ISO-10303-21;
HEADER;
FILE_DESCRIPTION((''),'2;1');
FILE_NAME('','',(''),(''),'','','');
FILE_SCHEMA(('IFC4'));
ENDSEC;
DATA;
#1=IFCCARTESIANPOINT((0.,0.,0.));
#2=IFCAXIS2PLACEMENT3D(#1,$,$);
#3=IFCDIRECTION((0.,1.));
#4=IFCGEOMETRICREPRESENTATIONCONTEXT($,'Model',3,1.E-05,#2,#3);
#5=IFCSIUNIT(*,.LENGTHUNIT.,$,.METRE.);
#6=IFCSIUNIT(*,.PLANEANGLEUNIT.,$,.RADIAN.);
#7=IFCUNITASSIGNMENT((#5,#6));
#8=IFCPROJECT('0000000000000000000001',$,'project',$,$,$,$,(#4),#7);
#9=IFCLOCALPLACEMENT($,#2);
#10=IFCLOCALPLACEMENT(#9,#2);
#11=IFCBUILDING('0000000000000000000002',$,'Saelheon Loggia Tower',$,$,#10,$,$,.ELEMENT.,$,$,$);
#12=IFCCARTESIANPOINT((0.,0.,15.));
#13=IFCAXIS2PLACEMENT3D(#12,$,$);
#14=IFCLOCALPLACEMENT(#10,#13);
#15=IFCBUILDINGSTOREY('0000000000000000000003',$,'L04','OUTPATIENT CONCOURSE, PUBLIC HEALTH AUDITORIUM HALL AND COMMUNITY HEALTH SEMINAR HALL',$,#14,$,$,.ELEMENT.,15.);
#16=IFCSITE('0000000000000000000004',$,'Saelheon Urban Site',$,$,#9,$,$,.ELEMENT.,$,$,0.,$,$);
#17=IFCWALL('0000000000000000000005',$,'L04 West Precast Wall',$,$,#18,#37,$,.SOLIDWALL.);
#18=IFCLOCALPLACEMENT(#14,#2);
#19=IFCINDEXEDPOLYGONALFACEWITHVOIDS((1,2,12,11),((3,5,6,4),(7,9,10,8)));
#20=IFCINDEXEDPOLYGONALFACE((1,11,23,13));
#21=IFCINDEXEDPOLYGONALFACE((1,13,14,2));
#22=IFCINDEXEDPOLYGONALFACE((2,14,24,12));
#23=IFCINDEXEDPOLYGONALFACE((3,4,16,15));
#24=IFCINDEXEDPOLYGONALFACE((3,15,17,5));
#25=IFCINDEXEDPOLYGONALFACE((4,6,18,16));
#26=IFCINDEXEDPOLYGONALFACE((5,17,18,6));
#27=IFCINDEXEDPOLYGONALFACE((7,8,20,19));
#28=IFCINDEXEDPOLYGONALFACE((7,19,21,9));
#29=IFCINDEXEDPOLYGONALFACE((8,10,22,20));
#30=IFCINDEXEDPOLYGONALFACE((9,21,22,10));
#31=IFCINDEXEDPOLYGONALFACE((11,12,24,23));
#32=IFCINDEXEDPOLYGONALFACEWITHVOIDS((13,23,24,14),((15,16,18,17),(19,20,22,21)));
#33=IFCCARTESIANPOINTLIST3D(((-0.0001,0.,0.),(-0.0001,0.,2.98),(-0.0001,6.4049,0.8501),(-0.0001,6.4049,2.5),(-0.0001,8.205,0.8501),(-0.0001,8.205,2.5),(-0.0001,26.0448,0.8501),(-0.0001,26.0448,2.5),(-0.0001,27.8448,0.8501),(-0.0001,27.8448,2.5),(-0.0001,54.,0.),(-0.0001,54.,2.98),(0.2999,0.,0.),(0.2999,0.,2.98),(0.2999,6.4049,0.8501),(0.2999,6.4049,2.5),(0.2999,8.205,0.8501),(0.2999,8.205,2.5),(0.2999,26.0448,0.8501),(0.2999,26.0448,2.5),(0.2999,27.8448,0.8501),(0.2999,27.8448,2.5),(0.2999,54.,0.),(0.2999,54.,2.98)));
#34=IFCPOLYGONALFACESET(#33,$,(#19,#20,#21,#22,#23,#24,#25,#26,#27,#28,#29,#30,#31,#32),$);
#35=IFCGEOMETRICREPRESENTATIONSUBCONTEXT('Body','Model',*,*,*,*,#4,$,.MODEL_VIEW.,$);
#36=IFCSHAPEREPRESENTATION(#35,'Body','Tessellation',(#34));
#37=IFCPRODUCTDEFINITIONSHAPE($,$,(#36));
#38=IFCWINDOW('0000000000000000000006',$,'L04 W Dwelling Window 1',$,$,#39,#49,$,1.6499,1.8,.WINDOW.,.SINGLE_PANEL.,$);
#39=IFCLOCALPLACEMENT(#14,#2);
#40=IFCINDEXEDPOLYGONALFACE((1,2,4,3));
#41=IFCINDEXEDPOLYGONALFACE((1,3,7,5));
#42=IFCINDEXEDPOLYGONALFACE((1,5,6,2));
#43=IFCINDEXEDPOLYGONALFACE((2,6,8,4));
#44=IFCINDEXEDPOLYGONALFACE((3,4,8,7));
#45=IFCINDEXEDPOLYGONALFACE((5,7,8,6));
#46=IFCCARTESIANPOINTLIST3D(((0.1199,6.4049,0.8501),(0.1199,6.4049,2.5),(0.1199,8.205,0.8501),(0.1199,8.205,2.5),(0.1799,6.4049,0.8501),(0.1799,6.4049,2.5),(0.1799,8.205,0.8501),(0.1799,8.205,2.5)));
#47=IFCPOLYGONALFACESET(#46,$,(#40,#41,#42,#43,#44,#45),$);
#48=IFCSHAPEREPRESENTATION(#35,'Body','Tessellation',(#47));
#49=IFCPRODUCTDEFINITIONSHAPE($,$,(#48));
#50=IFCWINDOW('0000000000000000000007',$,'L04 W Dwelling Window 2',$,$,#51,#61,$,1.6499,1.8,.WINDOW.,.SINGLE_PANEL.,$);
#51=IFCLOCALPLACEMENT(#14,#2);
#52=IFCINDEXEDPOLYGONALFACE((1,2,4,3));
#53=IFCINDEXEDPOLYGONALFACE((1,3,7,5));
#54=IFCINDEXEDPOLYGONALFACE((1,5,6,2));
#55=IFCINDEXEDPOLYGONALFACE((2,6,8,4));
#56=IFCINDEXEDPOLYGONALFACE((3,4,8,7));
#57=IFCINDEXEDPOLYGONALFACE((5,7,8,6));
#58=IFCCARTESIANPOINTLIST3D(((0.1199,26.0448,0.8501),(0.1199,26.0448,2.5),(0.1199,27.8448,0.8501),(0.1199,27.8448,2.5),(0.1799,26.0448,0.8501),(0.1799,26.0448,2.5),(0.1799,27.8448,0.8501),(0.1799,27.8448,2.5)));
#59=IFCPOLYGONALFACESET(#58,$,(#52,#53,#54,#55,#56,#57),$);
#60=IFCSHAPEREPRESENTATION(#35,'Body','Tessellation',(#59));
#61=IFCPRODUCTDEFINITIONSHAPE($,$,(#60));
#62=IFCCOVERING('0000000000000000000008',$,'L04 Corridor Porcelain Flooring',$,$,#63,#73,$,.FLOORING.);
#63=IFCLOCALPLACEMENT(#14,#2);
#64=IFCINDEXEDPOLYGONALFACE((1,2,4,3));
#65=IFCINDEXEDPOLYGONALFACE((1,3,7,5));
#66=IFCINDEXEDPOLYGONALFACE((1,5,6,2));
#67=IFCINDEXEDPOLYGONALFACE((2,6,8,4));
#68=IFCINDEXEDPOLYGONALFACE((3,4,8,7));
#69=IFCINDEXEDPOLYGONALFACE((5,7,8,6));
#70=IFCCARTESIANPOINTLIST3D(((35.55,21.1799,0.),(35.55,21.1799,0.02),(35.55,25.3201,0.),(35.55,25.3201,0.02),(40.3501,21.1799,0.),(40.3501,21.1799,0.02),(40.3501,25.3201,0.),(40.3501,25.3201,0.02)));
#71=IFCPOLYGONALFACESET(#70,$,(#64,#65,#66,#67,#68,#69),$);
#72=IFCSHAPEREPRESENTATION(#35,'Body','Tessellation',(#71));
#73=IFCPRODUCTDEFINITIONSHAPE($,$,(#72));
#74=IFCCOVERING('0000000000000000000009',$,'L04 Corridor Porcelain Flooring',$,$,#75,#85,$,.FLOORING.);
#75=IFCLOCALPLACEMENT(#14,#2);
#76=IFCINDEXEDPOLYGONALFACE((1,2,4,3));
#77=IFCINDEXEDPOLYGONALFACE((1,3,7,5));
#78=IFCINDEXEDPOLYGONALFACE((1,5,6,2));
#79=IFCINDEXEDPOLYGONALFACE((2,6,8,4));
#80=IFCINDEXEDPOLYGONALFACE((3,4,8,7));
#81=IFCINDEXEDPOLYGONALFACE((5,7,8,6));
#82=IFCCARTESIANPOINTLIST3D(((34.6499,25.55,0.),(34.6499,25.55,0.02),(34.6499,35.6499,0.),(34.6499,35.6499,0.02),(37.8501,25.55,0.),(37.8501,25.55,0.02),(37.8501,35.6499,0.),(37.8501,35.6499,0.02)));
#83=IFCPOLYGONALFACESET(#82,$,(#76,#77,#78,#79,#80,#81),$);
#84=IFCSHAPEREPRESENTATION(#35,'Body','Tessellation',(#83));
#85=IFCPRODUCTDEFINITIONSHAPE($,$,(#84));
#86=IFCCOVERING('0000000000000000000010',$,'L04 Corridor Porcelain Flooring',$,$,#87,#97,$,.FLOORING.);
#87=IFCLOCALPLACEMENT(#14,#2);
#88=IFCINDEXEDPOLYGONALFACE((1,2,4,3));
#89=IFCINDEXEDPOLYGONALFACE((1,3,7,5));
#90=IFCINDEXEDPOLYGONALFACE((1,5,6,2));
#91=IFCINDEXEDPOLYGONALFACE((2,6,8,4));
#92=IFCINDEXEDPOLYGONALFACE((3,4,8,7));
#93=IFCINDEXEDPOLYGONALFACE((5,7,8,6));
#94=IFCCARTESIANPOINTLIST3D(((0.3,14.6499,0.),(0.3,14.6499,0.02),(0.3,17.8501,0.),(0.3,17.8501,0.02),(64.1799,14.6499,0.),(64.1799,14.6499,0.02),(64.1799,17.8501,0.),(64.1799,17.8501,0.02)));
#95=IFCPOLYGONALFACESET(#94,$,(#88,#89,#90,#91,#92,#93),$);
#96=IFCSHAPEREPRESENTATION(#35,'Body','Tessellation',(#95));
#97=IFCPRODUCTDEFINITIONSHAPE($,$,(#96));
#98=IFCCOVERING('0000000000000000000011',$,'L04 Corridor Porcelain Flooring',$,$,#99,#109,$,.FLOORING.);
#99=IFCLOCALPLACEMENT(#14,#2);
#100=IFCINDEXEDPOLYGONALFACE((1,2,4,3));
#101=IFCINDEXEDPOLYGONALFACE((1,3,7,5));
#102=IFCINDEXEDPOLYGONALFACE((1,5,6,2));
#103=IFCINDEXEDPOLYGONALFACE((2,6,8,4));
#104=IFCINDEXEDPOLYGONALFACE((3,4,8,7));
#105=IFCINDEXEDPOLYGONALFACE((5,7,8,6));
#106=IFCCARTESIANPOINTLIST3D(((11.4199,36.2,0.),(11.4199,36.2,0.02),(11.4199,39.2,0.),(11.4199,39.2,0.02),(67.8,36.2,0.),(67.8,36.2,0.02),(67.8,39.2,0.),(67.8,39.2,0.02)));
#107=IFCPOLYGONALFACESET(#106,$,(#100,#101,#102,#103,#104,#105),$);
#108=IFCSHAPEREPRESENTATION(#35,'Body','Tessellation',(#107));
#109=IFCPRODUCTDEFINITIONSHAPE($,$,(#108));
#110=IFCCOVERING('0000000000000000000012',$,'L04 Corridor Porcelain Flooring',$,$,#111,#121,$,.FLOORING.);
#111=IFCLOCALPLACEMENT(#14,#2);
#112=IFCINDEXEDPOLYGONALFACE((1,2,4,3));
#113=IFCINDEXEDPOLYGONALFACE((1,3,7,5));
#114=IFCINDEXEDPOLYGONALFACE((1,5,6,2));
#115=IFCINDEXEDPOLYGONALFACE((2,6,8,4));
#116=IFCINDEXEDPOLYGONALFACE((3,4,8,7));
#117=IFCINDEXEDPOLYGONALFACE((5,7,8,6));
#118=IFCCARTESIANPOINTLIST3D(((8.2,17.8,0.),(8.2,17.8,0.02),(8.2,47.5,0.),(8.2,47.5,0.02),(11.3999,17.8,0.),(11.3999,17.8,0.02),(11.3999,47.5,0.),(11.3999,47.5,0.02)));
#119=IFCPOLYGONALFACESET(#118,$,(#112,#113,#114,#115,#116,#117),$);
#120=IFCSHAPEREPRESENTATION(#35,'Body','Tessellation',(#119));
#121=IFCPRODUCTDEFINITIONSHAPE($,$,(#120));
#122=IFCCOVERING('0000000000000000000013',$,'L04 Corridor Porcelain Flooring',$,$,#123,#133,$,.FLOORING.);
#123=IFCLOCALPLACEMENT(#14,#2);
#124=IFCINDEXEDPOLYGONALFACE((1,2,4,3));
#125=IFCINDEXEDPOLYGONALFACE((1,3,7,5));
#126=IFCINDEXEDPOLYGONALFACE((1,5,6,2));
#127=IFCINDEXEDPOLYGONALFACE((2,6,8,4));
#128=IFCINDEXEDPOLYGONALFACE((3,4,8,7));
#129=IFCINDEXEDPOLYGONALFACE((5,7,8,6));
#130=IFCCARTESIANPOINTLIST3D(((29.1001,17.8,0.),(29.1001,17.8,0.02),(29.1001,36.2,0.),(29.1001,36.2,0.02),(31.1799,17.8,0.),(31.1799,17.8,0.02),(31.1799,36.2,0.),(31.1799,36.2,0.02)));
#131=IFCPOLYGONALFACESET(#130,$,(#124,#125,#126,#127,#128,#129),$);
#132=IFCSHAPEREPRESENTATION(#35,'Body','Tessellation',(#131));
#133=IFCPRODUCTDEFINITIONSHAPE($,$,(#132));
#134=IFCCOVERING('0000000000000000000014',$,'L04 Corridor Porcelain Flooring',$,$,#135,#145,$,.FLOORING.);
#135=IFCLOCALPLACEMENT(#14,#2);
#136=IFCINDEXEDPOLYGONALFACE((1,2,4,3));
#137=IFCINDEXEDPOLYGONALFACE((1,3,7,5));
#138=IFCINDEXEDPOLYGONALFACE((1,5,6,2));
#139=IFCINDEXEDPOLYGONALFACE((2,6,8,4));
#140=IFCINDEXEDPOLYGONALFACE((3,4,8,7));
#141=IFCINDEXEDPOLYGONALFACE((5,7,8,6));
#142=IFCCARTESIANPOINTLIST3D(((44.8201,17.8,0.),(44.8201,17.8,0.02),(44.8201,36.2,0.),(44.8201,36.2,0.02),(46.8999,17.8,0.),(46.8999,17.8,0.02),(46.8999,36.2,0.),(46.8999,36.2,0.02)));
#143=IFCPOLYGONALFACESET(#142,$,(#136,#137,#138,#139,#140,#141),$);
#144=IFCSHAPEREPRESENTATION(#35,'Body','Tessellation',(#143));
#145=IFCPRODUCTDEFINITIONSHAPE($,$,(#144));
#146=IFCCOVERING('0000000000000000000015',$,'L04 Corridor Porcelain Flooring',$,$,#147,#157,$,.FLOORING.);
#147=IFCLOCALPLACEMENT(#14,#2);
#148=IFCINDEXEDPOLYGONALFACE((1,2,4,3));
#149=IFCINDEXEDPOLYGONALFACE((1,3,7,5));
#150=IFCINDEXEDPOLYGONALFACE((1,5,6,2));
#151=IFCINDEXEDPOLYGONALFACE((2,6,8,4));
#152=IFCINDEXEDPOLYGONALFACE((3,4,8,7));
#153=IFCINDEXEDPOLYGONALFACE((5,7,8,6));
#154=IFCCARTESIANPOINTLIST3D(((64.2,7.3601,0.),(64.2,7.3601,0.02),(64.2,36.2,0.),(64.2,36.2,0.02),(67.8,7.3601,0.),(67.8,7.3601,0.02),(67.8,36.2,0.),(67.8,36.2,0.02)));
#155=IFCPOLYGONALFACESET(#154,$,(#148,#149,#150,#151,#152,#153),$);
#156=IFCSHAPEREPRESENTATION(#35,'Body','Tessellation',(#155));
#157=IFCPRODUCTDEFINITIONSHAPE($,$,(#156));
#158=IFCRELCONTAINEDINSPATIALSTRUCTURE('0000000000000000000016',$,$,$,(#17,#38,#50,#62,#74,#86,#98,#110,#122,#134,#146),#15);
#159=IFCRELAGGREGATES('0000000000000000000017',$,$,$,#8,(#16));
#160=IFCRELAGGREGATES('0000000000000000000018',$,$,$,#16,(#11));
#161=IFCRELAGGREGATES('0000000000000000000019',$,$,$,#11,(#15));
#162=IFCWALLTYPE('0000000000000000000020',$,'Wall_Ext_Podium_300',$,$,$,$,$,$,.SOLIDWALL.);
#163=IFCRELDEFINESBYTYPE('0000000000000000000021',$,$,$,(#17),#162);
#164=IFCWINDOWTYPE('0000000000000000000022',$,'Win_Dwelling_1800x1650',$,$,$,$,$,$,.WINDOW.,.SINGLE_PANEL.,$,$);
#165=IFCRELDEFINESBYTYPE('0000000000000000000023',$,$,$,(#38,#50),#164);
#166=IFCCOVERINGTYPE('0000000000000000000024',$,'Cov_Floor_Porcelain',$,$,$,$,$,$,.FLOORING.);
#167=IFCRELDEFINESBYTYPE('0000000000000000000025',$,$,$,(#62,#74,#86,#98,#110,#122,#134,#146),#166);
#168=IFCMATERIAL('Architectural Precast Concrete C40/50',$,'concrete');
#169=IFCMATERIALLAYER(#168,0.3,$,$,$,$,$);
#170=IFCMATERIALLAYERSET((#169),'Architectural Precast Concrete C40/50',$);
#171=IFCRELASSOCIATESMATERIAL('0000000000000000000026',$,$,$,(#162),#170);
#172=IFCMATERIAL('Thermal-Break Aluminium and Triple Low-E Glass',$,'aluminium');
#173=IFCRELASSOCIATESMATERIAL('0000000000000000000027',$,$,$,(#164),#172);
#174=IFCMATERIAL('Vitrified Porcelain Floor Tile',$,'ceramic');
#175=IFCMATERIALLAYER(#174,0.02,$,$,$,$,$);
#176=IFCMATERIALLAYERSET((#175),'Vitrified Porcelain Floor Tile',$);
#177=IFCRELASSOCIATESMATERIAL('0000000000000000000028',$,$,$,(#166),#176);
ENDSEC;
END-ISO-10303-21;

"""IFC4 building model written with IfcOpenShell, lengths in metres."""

from ifc_helpers import new_model, si_unit, direction, frame, frame_2d, origin, place, context, subcontext, project, spatial, polyline, rectangle, outline, extrude, source, transform, mapped, material, layer, layer_set, type_object, element, fill, save


model = new_model("IFC4")

# Units and contexts
model_context = context("Model", 3, precision=1e-05, world=origin(), true_north=direction((0.0, 1.0)))
body_context = subcontext(model_context, "Body", "Model", "MODEL_VIEW")
ifc_project = project(units=[si_unit("LENGTHUNIT", "METRE"), si_unit("PLANEANGLEUNIT", "RADIAN")], contexts=[model_context])

# Site, building, storey
site_placement = place(None, origin())
site = spatial("IfcSite", under=ifc_project, at=site_placement, Name="Saelheon Urban Site", CompositionType="ELEMENT", RefElevation=0.0)
building_placement = place(site_placement, origin())
building = spatial("IfcBuilding", under=site, at=building_placement, Name="Saelheon Loggia Tower", CompositionType="ELEMENT")
storey_placement = place(building_placement, frame((0.0, 0.0, 15.0)))
storey = spatial("IfcBuildingStorey", under=building, at=storey_placement, Name="L04", Description="OUTPATIENT CONCOURSE, PUBLIC HEALTH AUDITORIUM HALL AND COMMUNITY HEALTH SEMINAR HALL", CompositionType="ELEMENT", Elevation=15.0)

# Wall, openings, windows
ifc_material_1 = material(Name="Architectural Precast Concrete C40/50", Category="concrete")
ifc_layer_1 = layer(ifc_material_1, 0.3)
ifc_layer_set_1 = layer_set([ifc_layer_1], Name="Architectural Precast Concrete C40/50")
wall_type = type_object("IfcWallType", Name="Wall_Ext_Podium_300", PredefinedType="SOLIDWALL", material=ifc_layer_set_1)
wall_placement = place(storey_placement, frame((0.1499, 0.0, 0.0), z_axis=(0.0, 0.0, 1.0), x_axis=(0.0, 1.0, 0.0)))
wall = element("IfcWall", 1, at=wall_placement, inside=storey, type_object=wall_type, Name="L04 West Precast Wall", PredefinedType="SOLIDWALL", context=body_context, shape_type="SweptSolid", body=[
    extrude(rectangle(XDim=54.0, YDim=0.3, at=frame_2d((27.0, 0.0))), origin(), (0.0, 0.0, 1.0), 2.98),
])
opening_1_placement = place(wall_placement, frame((6.405, 0.0, 0.8501)))
opening_1 = element("IfcOpeningElement", 2, at=opening_1_placement, cuts=wall, PredefinedType="OPENING", context=body_context, shape_type="SweptSolid", body=[
    extrude(rectangle(XDim=1.8, YDim=1.6499, at=frame_2d((0.8999, 0.825))), frame((0.0, 0.1621, 0.0), z_axis=(0.0, -1.0, 0.0), x_axis=(1.0, 0.0, 0.0)), (0.0, 0.0, 1.0), 0.324),
])
opening_2_placement = place(wall_placement, frame((26.0449, 0.0, 0.8501)))
opening_2 = element("IfcOpeningElement", 3, at=opening_2_placement, cuts=wall, PredefinedType="OPENING", context=body_context, shape_type="SweptSolid", body=[
    extrude(rectangle(XDim=1.8, YDim=1.6499, at=frame_2d((0.8999, 0.825))), frame((0.0, 0.1621, 0.0), z_axis=(0.0, -1.0, 0.0), x_axis=(1.0, 0.0, 0.0)), (0.0, 0.0, 1.0), 0.324),
])
ifc_material_2 = material(Name="Thermal-Break Aluminium and Triple Low-E Glass", Category="aluminium")
window_type = type_object("IfcWindowType", Name="Win_Dwelling_1800x1650", PartitioningType="SINGLE_PANEL", PredefinedType="WINDOW", material=ifc_material_2)
shared_shape_1 = source(origin(), body_context, "Body", "SweptSolid", [
    extrude(rectangle(XDim=1.8, YDim=1.6499, at=frame_2d((0.8999, 0.825))), frame((0.0, 0.03, 0.0), z_axis=(0.0, -1.0, 0.0), x_axis=(1.0, 0.0, 0.0)), (0.0, 0.0, 1.0), 0.0601),
])
window_1_placement = place(opening_1_placement, origin())
window_1 = element("IfcWindow", 4, at=window_1_placement, inside=storey, type_object=window_type, Name="L04 W Dwelling Window 1", OverallHeight=1.6499, OverallWidth=1.8, PartitioningType="SINGLE_PANEL", PredefinedType="WINDOW", context=body_context, shape_type="MappedRepresentation", body=[
    mapped(shared_shape_1, transform((0.0, 0.0, 0.0), scale=1.0)),
])
fill(opening_1, window_1)
window_2_placement = place(opening_2_placement, origin())
window_2 = element("IfcWindow", 5, at=window_2_placement, inside=storey, type_object=window_type, Name="L04 W Dwelling Window 2", OverallHeight=1.6499, OverallWidth=1.8, PartitioningType="SINGLE_PANEL", PredefinedType="WINDOW", context=body_context, shape_type="MappedRepresentation", body=[
    mapped(shared_shape_1, transform((0.0, 0.0, 0.0), scale=1.0)),
])
fill(opening_2, window_2)

# Coverings
ifc_material_3 = material(Name="Vitrified Porcelain Floor Tile", Category="ceramic")
ifc_layer_2 = layer(ifc_material_3, 0.02)
ifc_layer_set_2 = layer_set([ifc_layer_2], Name="Vitrified Porcelain Floor Tile")
covering_type = type_object("IfcCoveringType", Name="Cov_Floor_Porcelain", PredefinedType="FLOORING", material=ifc_layer_set_2)
covering_1_placement = place(storey_placement, origin())
element("IfcCovering", 6, at=covering_1_placement, inside=storey, type_object=covering_type, Name="L04 Corridor Porcelain Flooring", PredefinedType="FLOORING", context=body_context, shape_type="SweptSolid", body=[
    extrude(outline(polyline([(35.55, 21.1799), (40.3501, 21.1799), (40.3501, 25.3201), (35.55, 25.3201), (35.55, 21.1799)])), origin(), (0.0, 0.0, 1.0), 0.02),
])
covering_2_placement = place(storey_placement, origin())
element("IfcCovering", 7, at=covering_2_placement, inside=storey, type_object=covering_type, Name="L04 Corridor Porcelain Flooring", PredefinedType="FLOORING", context=body_context, shape_type="SweptSolid", body=[
    extrude(outline(polyline([(34.6499, 25.55), (37.8501, 25.55), (37.8501, 35.6499), (34.6499, 35.6499), (34.6499, 25.55)])), origin(), (0.0, 0.0, 1.0), 0.02),
])
covering_3_placement = place(storey_placement, origin())
element("IfcCovering", 8, at=covering_3_placement, inside=storey, type_object=covering_type, Name="L04 Corridor Porcelain Flooring", PredefinedType="FLOORING", context=body_context, shape_type="SweptSolid", body=[
    extrude(outline(polyline([(0.3, 14.6499), (64.1799, 14.6499), (64.1799, 17.8501), (0.3, 17.8501), (0.3, 14.6499)])), origin(), (0.0, 0.0, 1.0), 0.02),
])
covering_4_placement = place(storey_placement, origin())
element("IfcCovering", 9, at=covering_4_placement, inside=storey, type_object=covering_type, Name="L04 Corridor Porcelain Flooring", PredefinedType="FLOORING", context=body_context, shape_type="SweptSolid", body=[
    extrude(outline(polyline([(11.4199, 36.2), (67.8, 36.2), (67.8, 39.2), (11.4199, 39.2), (11.4199, 36.2)])), origin(), (0.0, 0.0, 1.0), 0.02),
])
covering_5_placement = place(storey_placement, origin())
element("IfcCovering", 10, at=covering_5_placement, inside=storey, type_object=covering_type, Name="L04 Corridor Porcelain Flooring", PredefinedType="FLOORING", context=body_context, shape_type="SweptSolid", body=[
    extrude(outline(polyline([(8.2, 17.8), (11.3999, 17.8), (11.3999, 47.5), (8.2, 47.5), (8.2, 17.8)])), origin(), (0.0, 0.0, 1.0), 0.02),
])
covering_6_placement = place(storey_placement, origin())
element("IfcCovering", 11, at=covering_6_placement, inside=storey, type_object=covering_type, Name="L04 Corridor Porcelain Flooring", PredefinedType="FLOORING", context=body_context, shape_type="SweptSolid", body=[
    extrude(outline(polyline([(29.1001, 17.8), (31.1799, 17.8), (31.1799, 36.2), (29.1001, 36.2), (29.1001, 17.8)])), origin(), (0.0, 0.0, 1.0), 0.02),
])
covering_7_placement = place(storey_placement, origin())
element("IfcCovering", 12, at=covering_7_placement, inside=storey, type_object=covering_type, Name="L04 Corridor Porcelain Flooring", PredefinedType="FLOORING", context=body_context, shape_type="SweptSolid", body=[
    extrude(outline(polyline([(44.8201, 17.8), (46.8999, 17.8), (46.8999, 36.2), (44.8201, 36.2), (44.8201, 17.8)])), origin(), (0.0, 0.0, 1.0), 0.02),
])
covering_8_placement = place(storey_placement, origin())
element("IfcCovering", 13, at=covering_8_placement, inside=storey, type_object=covering_type, Name="L04 Corridor Porcelain Flooring", PredefinedType="FLOORING", context=body_context, shape_type="SweptSolid", body=[
    extrude(outline(polyline([(64.2, 7.3601), (67.8, 7.3601), (67.8, 36.2), (64.2, 36.2), (64.2, 7.3601)])), origin(), (0.0, 0.0, 1.0), 0.02),
])

save(model, "model.ifc")
